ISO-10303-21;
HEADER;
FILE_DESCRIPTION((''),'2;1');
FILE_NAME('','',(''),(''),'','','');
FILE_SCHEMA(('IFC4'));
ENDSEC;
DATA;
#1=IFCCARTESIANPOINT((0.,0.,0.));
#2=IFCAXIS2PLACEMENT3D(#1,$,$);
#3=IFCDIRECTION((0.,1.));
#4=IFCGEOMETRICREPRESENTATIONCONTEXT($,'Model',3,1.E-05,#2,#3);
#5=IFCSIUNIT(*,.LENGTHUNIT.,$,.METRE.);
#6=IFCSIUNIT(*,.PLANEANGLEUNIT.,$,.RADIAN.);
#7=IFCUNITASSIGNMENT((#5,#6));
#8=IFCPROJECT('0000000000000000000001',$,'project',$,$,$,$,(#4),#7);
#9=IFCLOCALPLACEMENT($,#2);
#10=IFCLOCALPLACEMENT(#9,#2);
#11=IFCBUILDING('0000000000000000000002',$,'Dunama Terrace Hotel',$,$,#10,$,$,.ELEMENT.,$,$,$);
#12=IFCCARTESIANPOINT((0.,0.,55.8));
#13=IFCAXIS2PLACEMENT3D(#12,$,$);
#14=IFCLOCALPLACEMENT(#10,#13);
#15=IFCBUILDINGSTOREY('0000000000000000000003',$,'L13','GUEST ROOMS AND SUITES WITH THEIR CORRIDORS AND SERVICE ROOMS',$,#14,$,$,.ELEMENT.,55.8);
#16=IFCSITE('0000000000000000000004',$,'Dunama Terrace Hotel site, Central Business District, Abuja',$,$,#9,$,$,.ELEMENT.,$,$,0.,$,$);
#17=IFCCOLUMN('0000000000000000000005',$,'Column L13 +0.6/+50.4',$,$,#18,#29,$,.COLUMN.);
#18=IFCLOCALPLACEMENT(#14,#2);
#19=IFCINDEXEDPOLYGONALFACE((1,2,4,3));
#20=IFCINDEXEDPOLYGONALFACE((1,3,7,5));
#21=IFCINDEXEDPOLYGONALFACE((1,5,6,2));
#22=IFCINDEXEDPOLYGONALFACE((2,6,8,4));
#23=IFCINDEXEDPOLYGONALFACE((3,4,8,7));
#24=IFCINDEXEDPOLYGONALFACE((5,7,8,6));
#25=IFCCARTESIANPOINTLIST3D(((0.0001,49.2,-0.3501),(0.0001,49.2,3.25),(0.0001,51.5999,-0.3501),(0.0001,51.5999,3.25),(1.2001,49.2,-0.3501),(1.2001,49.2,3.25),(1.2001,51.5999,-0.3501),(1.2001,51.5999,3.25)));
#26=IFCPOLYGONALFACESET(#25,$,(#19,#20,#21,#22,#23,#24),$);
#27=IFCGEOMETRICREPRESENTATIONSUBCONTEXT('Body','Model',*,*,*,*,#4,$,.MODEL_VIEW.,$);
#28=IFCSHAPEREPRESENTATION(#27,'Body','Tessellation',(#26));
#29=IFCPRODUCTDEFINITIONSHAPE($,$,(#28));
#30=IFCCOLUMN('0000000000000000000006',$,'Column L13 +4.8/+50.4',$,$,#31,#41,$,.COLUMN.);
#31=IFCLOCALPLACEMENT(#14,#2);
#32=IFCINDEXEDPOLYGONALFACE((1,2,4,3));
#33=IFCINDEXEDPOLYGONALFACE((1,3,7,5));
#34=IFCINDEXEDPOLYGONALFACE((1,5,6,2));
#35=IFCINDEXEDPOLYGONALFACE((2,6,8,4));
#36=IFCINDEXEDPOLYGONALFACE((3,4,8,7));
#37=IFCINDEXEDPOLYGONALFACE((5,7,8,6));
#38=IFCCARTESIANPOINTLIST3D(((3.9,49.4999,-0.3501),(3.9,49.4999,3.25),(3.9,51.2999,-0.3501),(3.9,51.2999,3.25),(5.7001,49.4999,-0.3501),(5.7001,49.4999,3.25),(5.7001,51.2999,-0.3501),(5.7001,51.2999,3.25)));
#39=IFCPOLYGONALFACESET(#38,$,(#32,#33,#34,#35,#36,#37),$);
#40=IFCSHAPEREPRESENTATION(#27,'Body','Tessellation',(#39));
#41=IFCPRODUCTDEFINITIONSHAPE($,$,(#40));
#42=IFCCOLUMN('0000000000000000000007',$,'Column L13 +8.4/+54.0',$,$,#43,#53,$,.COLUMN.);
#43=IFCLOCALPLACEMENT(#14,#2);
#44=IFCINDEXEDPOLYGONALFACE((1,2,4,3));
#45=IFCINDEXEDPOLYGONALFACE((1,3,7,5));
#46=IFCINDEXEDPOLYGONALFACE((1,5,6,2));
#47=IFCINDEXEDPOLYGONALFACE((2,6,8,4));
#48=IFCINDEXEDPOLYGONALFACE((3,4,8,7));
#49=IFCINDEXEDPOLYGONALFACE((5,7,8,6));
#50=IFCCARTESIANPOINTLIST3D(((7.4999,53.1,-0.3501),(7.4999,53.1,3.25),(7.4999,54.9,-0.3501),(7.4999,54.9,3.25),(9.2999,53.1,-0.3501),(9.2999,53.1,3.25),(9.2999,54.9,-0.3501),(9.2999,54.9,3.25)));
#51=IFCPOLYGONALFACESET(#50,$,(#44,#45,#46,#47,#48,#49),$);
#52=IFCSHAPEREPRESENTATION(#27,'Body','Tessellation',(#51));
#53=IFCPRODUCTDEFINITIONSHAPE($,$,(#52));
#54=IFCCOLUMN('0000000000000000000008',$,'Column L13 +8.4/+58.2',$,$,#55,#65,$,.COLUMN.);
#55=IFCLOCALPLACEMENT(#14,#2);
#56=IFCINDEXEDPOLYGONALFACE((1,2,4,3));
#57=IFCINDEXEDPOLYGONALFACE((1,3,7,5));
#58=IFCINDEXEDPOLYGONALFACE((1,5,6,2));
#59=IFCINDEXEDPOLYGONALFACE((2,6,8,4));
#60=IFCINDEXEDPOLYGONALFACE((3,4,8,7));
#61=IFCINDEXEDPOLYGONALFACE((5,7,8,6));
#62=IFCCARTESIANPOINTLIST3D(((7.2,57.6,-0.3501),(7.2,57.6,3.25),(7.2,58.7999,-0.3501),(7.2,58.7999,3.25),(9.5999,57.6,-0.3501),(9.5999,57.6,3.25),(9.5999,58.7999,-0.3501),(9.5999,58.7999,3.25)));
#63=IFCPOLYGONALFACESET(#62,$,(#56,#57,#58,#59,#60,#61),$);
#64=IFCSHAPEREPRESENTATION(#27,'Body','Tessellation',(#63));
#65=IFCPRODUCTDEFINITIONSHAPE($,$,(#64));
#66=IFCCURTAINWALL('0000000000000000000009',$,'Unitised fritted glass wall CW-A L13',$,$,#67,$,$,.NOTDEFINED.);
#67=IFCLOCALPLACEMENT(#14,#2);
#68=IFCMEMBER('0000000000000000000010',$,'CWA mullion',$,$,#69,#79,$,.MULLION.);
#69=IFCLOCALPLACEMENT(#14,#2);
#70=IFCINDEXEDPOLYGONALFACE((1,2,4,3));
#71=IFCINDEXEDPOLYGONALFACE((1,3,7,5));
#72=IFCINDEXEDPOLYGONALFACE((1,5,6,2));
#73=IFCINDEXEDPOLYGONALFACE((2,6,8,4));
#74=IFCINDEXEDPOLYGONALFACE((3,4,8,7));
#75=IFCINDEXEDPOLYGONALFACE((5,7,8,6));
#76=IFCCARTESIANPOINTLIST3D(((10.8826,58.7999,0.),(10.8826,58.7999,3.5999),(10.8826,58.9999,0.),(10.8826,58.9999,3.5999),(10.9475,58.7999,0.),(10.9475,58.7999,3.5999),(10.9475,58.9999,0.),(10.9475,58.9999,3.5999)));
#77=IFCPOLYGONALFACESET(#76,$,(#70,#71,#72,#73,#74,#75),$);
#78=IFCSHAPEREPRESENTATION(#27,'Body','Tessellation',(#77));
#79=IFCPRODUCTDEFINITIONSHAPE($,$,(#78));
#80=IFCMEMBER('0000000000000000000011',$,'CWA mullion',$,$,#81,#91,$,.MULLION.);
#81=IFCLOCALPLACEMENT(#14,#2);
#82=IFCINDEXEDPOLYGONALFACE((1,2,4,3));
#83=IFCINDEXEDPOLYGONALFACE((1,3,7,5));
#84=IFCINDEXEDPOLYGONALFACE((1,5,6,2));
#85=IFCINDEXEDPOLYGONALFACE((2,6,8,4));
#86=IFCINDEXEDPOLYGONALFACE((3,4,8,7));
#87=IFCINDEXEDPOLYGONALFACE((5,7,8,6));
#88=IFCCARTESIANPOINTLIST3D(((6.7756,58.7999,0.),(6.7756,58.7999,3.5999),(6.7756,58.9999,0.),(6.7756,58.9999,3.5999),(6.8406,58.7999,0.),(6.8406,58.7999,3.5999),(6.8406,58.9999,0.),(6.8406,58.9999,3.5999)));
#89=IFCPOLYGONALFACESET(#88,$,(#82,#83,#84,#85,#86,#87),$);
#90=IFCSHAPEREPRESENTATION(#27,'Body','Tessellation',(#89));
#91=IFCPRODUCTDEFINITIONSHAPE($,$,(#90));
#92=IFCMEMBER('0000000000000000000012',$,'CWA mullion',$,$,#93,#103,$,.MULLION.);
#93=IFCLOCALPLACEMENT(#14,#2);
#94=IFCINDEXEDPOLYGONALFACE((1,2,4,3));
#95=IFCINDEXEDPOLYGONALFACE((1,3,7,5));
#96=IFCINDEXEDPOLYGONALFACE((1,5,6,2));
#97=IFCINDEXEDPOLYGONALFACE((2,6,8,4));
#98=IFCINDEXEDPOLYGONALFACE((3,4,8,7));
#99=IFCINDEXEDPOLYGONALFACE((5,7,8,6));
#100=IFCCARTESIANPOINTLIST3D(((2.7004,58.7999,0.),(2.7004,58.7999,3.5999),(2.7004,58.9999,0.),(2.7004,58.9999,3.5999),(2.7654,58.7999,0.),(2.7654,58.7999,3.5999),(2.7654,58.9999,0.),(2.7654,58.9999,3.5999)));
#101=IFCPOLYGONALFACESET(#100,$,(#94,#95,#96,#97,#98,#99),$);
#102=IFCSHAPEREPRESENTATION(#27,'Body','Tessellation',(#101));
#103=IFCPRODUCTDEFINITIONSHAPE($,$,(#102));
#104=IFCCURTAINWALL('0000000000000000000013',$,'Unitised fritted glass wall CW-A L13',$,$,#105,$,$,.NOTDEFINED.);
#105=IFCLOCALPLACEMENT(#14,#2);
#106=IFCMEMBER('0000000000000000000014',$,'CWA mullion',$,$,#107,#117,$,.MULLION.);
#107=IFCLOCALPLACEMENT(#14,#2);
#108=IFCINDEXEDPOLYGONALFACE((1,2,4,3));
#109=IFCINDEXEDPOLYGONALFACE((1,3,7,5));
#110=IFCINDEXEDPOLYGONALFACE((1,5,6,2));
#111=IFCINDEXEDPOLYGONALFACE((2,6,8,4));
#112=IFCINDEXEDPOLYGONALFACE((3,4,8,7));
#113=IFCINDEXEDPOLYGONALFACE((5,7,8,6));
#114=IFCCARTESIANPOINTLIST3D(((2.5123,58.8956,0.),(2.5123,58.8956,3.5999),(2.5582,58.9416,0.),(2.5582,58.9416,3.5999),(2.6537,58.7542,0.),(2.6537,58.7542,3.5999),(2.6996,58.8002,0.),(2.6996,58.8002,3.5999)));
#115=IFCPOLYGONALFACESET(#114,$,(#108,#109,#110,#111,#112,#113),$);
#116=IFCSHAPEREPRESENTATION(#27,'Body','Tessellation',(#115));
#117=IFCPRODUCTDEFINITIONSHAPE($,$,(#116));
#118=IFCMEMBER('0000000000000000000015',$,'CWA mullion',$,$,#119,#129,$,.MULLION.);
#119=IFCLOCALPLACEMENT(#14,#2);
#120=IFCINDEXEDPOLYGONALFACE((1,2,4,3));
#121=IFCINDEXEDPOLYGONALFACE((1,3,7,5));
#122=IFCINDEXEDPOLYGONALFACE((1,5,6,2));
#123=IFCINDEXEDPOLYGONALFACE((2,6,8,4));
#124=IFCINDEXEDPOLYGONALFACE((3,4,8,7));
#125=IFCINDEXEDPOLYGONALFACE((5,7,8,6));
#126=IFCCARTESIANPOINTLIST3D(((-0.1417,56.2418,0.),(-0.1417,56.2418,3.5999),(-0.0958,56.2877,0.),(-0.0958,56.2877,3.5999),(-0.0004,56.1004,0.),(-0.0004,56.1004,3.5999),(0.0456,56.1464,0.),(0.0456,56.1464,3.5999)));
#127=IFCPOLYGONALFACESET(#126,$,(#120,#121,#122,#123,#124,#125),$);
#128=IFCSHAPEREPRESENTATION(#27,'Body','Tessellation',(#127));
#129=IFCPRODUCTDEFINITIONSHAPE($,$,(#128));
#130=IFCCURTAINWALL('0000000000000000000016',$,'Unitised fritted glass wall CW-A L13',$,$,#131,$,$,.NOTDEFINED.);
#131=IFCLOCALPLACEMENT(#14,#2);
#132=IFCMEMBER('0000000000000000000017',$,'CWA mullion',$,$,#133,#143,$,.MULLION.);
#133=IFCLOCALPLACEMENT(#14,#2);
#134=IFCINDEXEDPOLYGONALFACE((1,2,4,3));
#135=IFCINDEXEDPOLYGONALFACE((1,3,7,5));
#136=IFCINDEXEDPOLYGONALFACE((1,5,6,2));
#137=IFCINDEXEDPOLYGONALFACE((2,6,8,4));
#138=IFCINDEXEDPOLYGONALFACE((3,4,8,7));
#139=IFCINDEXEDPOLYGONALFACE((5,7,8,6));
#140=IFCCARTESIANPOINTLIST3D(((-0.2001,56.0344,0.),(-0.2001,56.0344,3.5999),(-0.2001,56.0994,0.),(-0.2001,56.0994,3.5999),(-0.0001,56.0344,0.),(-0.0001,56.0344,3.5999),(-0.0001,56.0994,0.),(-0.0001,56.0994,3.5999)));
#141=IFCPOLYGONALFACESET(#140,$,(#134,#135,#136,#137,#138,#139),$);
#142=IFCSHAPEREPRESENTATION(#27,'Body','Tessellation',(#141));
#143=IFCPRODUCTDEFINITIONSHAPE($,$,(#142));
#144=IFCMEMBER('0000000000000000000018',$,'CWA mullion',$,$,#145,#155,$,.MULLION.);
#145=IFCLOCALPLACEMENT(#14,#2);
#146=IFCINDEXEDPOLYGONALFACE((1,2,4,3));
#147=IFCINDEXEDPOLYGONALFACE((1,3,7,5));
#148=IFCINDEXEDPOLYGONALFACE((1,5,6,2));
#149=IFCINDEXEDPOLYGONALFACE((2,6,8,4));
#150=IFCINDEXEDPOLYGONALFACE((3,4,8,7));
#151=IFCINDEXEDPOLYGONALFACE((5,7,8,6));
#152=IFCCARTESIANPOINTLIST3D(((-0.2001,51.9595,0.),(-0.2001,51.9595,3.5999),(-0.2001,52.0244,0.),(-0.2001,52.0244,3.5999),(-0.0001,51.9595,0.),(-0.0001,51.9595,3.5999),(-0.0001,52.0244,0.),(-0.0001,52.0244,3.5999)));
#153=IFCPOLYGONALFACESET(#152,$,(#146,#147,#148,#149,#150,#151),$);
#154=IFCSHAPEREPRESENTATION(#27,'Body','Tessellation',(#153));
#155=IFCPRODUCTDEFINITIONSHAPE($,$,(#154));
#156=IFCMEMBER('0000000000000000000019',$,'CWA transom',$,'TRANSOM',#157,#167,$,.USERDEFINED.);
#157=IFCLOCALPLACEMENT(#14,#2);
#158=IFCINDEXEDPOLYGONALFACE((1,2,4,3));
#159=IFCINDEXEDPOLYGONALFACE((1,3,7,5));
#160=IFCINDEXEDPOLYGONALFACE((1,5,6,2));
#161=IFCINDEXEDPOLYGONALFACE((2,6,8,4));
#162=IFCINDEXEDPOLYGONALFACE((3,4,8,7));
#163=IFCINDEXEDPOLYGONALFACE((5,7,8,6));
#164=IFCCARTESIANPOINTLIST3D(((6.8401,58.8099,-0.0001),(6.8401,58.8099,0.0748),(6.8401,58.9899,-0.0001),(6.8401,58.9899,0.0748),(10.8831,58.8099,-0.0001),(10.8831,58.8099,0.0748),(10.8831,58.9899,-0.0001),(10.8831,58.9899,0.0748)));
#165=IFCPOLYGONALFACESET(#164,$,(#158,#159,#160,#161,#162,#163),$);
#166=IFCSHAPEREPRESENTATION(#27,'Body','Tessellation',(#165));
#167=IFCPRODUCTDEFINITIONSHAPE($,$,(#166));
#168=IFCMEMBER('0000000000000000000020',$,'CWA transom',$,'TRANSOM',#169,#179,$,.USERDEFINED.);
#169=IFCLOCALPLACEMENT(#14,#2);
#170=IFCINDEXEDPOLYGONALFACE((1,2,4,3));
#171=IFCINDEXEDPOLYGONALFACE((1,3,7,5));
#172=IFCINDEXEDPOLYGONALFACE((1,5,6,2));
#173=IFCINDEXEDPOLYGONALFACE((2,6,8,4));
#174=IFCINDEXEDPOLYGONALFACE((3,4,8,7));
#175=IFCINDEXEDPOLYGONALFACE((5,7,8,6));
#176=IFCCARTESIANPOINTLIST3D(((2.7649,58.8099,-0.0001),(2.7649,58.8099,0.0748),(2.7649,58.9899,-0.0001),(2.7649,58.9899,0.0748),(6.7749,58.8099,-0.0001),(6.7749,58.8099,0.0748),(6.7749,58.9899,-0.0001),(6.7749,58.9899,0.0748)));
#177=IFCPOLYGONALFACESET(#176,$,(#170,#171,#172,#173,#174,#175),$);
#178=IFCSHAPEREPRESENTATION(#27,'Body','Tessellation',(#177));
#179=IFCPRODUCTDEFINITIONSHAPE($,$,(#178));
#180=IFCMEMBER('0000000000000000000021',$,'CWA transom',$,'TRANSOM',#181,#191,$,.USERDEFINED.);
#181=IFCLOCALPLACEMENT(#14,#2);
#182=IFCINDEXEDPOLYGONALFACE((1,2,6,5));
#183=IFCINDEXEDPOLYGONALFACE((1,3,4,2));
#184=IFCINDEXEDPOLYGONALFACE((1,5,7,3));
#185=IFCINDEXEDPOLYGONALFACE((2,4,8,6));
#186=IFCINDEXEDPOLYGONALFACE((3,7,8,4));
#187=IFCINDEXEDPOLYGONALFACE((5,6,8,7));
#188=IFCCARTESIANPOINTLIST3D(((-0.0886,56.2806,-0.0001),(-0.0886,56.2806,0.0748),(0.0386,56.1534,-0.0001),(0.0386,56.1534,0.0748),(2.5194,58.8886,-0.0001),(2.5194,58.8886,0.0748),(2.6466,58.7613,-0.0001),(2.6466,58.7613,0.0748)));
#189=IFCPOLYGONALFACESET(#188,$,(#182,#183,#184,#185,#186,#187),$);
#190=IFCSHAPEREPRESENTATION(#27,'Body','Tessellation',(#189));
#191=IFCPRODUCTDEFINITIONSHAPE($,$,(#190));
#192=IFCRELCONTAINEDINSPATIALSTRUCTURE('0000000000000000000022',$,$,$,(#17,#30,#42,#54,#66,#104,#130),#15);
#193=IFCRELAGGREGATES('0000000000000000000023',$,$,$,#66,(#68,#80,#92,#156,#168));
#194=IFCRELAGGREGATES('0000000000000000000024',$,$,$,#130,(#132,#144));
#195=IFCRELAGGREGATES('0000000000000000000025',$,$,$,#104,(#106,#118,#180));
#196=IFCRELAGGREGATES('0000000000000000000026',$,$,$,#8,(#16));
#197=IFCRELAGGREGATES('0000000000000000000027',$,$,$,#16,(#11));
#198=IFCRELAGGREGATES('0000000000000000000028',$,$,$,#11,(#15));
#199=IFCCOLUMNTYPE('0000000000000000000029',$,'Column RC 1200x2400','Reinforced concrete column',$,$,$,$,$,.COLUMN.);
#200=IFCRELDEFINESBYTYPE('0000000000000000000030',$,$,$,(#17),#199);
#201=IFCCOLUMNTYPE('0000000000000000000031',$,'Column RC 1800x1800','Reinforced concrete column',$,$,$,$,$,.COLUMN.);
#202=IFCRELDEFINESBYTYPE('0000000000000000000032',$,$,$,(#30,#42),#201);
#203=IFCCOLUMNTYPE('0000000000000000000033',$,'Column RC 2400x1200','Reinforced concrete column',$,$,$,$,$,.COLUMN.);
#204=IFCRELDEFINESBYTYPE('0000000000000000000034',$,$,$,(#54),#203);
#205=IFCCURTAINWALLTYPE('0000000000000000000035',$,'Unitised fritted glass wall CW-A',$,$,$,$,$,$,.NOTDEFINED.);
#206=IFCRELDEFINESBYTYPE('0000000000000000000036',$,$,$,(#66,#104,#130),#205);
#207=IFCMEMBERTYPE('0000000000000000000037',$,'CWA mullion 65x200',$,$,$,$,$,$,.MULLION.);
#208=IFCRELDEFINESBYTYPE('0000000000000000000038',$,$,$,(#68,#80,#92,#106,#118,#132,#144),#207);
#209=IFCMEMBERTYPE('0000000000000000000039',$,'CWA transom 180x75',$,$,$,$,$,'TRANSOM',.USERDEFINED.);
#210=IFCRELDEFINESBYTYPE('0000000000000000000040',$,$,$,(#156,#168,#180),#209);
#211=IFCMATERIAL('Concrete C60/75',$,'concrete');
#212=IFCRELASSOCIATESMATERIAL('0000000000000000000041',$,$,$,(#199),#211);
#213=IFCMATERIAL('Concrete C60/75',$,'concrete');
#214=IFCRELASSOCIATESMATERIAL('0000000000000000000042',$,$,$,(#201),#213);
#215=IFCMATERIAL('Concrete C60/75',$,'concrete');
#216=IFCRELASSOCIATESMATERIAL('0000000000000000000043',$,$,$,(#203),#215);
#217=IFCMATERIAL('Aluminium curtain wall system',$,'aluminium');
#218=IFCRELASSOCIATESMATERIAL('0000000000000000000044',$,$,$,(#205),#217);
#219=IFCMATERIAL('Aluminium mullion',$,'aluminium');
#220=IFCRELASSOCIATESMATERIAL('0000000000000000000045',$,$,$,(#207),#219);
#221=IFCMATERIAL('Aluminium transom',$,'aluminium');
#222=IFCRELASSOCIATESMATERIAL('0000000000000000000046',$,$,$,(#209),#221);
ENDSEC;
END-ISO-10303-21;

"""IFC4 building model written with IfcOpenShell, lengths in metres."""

from ifc_helpers import new_model, si_unit, direction, frame, origin, origin_2d, place, context, subcontext, project, spatial, rectangle, extrude, material, material_profile, profile_set, type_object, element, aggregate, save


model = new_model("IFC4")

# Units and contexts
model_context = context("Model", 3, precision=1e-05, world=origin(), true_north=direction((0.0, 1.0)))
body_context = subcontext(model_context, "Body", "Model", "MODEL_VIEW")
ifc_project = project(units=[si_unit("LENGTHUNIT", "METRE"), si_unit("PLANEANGLEUNIT", "RADIAN")], contexts=[model_context])

# Site, building, storey
site_placement = place(None, origin())
site = spatial("IfcSite", under=ifc_project, at=site_placement, Name="Dunama Terrace Hotel site, Central Business District, Abuja", CompositionType="ELEMENT", RefElevation=0.0)
building_placement = place(site_placement, origin())
building = spatial("IfcBuilding", under=site, at=building_placement, Name="Dunama Terrace Hotel", CompositionType="ELEMENT")
storey_placement = place(building_placement, frame((0.0, 0.0, 55.8)))
storey = spatial("IfcBuildingStorey", under=building, at=storey_placement, Name="L13", Description="GUEST ROOMS AND SUITES WITH THEIR CORRIDORS AND SERVICE ROOMS", CompositionType="ELEMENT", Elevation=55.8)

# Columns
ifc_material_1 = material(Name="Concrete C60/75", Category="concrete")
ifc_material_profile_1 = material_profile(ifc_material_1, rectangle(XDim=1.2, YDim=2.3999, at=origin_2d()), Name="RC 1200x2400")
ifc_profile_set_1 = profile_set([ifc_material_profile_1], Name="Concrete C60/75")
column_type_1 = type_object("IfcColumnType", Name="Column RC 1200x2400", Description="Reinforced concrete column", PredefinedType="COLUMN", material=ifc_profile_set_1)
column_1_placement = place(storey_placement, frame((0.6001, 50.3999, -0.3501), z_axis=(0.0, 0.0, 1.0), x_axis=(1.0, 0.0, 0.0)))
element("IfcColumn", 1, at=column_1_placement, inside=storey, type_object=column_type_1, Name="Column L13 +0.6/+50.4", PredefinedType="COLUMN", context=body_context, shape_type="SweptSolid", body=[
    extrude(rectangle(XDim=1.2, YDim=2.3999, at=origin_2d()), origin(), (0.0, 0.0, 1.0), 3.6001),
])
ifc_material_2 = material(Name="Concrete C60/75", Category="concrete")
ifc_material_profile_2 = material_profile(ifc_material_2, rectangle(XDim=1.8, YDim=1.8, at=origin_2d()), Name="RC 1800x1800")
ifc_profile_set_2 = profile_set([ifc_material_profile_2], Name="Concrete C60/75")
column_type_2 = type_object("IfcColumnType", Name="Column RC 1800x1800", Description="Reinforced concrete column", PredefinedType="COLUMN", material=ifc_profile_set_2)
for number, where, z_axis, x_axis, name in (
    (2, (4.8, 50.3999, -0.3501), (0.0, 0.0, 1.0), (1.0, 0.0, 0.0), "Column L13 +4.8/+50.4"),
    (3, (8.3999, 54.0, -0.3501), (0.0, 0.0, 1.0), (1.0, 0.0, 0.0), "Column L13 +8.4/+54.0"),
):
    element("IfcColumn", number, at=place(storey_placement, frame(where, z_axis=z_axis, x_axis=x_axis)), inside=storey, type_object=column_type_2, Name=name, PredefinedType="COLUMN", context=body_context, shape_type="SweptSolid", body=[
        extrude(rectangle(XDim=1.8, YDim=1.8, at=origin_2d()), origin(), (0.0, 0.0, 1.0), 3.6001),
    ])
ifc_material_3 = material(Name="Concrete C60/75", Category="concrete")
ifc_material_profile_3 = material_profile(ifc_material_3, rectangle(XDim=2.3999, YDim=1.2, at=origin_2d()), Name="RC 2400x1200")
ifc_profile_set_3 = profile_set([ifc_material_profile_3], Name="Concrete C60/75")
column_type_3 = type_object("IfcColumnType", Name="Column RC 2400x1200", Description="Reinforced concrete column", PredefinedType="COLUMN", material=ifc_profile_set_3)
column_2_placement = place(storey_placement, frame((8.3999, 58.2, -0.3501), z_axis=(0.0, 0.0, 1.0), x_axis=(1.0, 0.0, 0.0)))
element("IfcColumn", 4, at=column_2_placement, inside=storey, type_object=column_type_3, Name="Column L13 +8.4/+58.2", PredefinedType="COLUMN", context=body_context, shape_type="SweptSolid", body=[
    extrude(rectangle(XDim=2.3999, YDim=1.2, at=origin_2d()), origin(), (0.0, 0.0, 1.0), 3.6001),
])

# Curtain walls, members
ifc_material_4 = material(Name="Aluminium curtain wall system", Category="aluminium")
curtain_wall_type = type_object("IfcCurtainWallType", Name="Unitised fritted glass wall CW-A", PredefinedType="NOTDEFINED", material=ifc_material_4)
curtain_wall_1_placement = place(storey_placement, origin())
curtain_wall_1 = element("IfcCurtainWall", 5, at=curtain_wall_1_placement, inside=storey, type_object=curtain_wall_type, Name="Unitised fritted glass wall CW-A L13", PredefinedType="NOTDEFINED")
ifc_material_5 = material(Name="Aluminium mullion", Category="aluminium")
ifc_material_profile_4 = material_profile(ifc_material_5, rectangle(XDim=0.0649, YDim=0.2, at=origin_2d()), Name="CWA MULLION 65X200")
ifc_profile_set_4 = profile_set([ifc_material_profile_4], Name="Aluminium mullion")
member_type_1 = type_object("IfcMemberType", Name="CWA mullion 65x200", PredefinedType="MULLION", material=ifc_profile_set_4)
member_1_placement = place(storey_placement, frame((10.915, 58.8999, 0.0), z_axis=(0.0, 0.0, 1.0), x_axis=(-1.0, 0.0, 0.0)))
member_1 = element("IfcMember", 6, at=member_1_placement, type_object=member_type_1, Name="CWA mullion", PredefinedType="MULLION", context=body_context, shape_type="SweptSolid", body=[
    extrude(rectangle(XDim=0.0649, YDim=0.2, at=origin_2d()), origin(), (0.0, 0.0, 1.0), 3.5999),
])
member_2_placement = place(storey_placement, frame((6.8081, 58.8999, 0.0), z_axis=(0.0, 0.0, 1.0), x_axis=(-1.0, 0.0, 0.0)))
member_2 = element("IfcMember", 7, at=member_2_placement, type_object=member_type_1, Name="CWA mullion", PredefinedType="MULLION", context=body_context, shape_type="SweptSolid", body=[
    extrude(rectangle(XDim=0.0649, YDim=0.2, at=origin_2d()), origin(), (0.0, 0.0, 1.0), 3.5999),
])
member_3_placement = place(storey_placement, frame((2.7329, 58.8999, 0.0), z_axis=(0.0, 0.0, 1.0), x_axis=(-1.0, 0.0, 0.0)))
member_3 = element("IfcMember", 8, at=member_3_placement, type_object=member_type_1, Name="CWA mullion", PredefinedType="MULLION", context=body_context, shape_type="SweptSolid", body=[
    extrude(rectangle(XDim=0.0649, YDim=0.2, at=origin_2d()), origin(), (0.0, 0.0, 1.0), 3.5999),
])
curtain_wall_2_placement = place(storey_placement, origin())
curtain_wall_2 = element("IfcCurtainWall", 9, at=curtain_wall_2_placement, inside=storey, type_object=curtain_wall_type, Name="Unitised fritted glass wall CW-A L13", PredefinedType="NOTDEFINED")
member_4_placement = place(storey_placement, frame((2.606, 58.8479, 0.0), z_axis=(0.0, 0.0, 1.0), x_axis=(-0.707107, -0.707107, 0.0)))
member_4 = element("IfcMember", 10, at=member_4_placement, type_object=member_type_1, Name="CWA mullion", PredefinedType="MULLION", context=body_context, shape_type="SweptSolid", body=[
    extrude(rectangle(XDim=0.0649, YDim=0.2, at=origin_2d()), origin(), (0.0, 0.0, 1.0), 3.5999),
])
member_5_placement = place(storey_placement, frame((-0.0481, 56.1941, 0.0), z_axis=(0.0, 0.0, 1.0), x_axis=(-0.707107, -0.707107, 0.0)))
member_5 = element("IfcMember", 11, at=member_5_placement, type_object=member_type_1, Name="CWA mullion", PredefinedType="MULLION", context=body_context, shape_type="SweptSolid", body=[
    extrude(rectangle(XDim=0.0649, YDim=0.2, at=origin_2d()), origin(), (0.0, 0.0, 1.0), 3.5999),
])
curtain_wall_3_placement = place(storey_placement, origin())
curtain_wall_3 = element("IfcCurtainWall", 12, at=curtain_wall_3_placement, inside=storey, type_object=curtain_wall_type, Name="Unitised fritted glass wall CW-A L13", PredefinedType="NOTDEFINED")
member_6_placement = place(storey_placement, frame((-0.1001, 56.0669, 0.0), z_axis=(0.0, 0.0, 1.0), x_axis=(0.0, -1.0, 0.0)))
member_6 = element("IfcMember", 13, at=member_6_placement, type_object=member_type_1, Name="CWA mullion", PredefinedType="MULLION", context=body_context, shape_type="SweptSolid", body=[
    extrude(rectangle(XDim=0.0649, YDim=0.2, at=origin_2d()), origin(), (0.0, 0.0, 1.0), 3.5999),
])
member_7_placement = place(storey_placement, frame((-0.1001, 51.9919, 0.0), z_axis=(0.0, 0.0, 1.0), x_axis=(0.0, -1.0, 0.0)))
member_7 = element("IfcMember", 14, at=member_7_placement, type_object=member_type_1, Name="CWA mullion", PredefinedType="MULLION", context=body_context, shape_type="SweptSolid", body=[
    extrude(rectangle(XDim=0.0649, YDim=0.2, at=origin_2d()), origin(), (0.0, 0.0, 1.0), 3.5999),
])

# Members
ifc_material_6 = material(Name="Aluminium transom", Category="aluminium")
ifc_material_profile_5 = material_profile(ifc_material_6, rectangle(XDim=0.1799, YDim=0.075, at=origin_2d()), Name="CWA TRANSOM 180X75")
ifc_profile_set_5 = profile_set([ifc_material_profile_5], Name="Aluminium transom")
member_type_2 = type_object("IfcMemberType", Name="CWA transom 180x75", ElementType="TRANSOM", PredefinedType="USERDEFINED", material=ifc_profile_set_5)
member_8_placement = place(storey_placement, frame((10.8831, 58.8999, 0.0374), z_axis=(-1.0, 0.0, 0.0), x_axis=(0.0, -1.0, 0.0)))
member_8 = element("IfcMember", 15, at=member_8_placement, type_object=member_type_2, Name="CWA transom", ObjectType="TRANSOM", PredefinedType="USERDEFINED", context=body_context, shape_type="SweptSolid", body=[
    extrude(rectangle(XDim=0.1799, YDim=0.075, at=origin_2d()), origin(), (0.0, 0.0, 1.0), 4.043),
])
member_9_placement = place(storey_placement, frame((6.7749, 58.8999, 0.0374), z_axis=(-1.0, 0.0, 0.0), x_axis=(0.0, -1.0, 0.0)))
member_9 = element("IfcMember", 16, at=member_9_placement, type_object=member_type_2, Name="CWA transom", ObjectType="TRANSOM", PredefinedType="USERDEFINED", context=body_context, shape_type="SweptSolid", body=[
    extrude(rectangle(XDim=0.1799, YDim=0.075, at=origin_2d()), origin(), (0.0, 0.0, 1.0), 4.01),
])
member_10_placement = place(storey_placement, frame((2.583, 58.825, 0.0374), z_axis=(-0.707107, -0.707107, 0.0), x_axis=(0.707107, -0.707107, 0.0)))
member_10 = element("IfcMember", 17, at=member_10_placement, type_object=member_type_2, Name="CWA transom", ObjectType="TRANSOM", PredefinedType="USERDEFINED", context=body_context, shape_type="SweptSolid", body=[
    extrude(rectangle(XDim=0.1799, YDim=0.075, at=origin_2d()), origin(), (0.0, 0.0, 1.0), 3.6882),
])

aggregate(curtain_wall_1, [member_1, member_2, member_3, member_8, member_9])
aggregate(curtain_wall_3, [member_6, member_7])
aggregate(curtain_wall_2, [member_4, member_5, member_10])

save(model, "model.ifc")
